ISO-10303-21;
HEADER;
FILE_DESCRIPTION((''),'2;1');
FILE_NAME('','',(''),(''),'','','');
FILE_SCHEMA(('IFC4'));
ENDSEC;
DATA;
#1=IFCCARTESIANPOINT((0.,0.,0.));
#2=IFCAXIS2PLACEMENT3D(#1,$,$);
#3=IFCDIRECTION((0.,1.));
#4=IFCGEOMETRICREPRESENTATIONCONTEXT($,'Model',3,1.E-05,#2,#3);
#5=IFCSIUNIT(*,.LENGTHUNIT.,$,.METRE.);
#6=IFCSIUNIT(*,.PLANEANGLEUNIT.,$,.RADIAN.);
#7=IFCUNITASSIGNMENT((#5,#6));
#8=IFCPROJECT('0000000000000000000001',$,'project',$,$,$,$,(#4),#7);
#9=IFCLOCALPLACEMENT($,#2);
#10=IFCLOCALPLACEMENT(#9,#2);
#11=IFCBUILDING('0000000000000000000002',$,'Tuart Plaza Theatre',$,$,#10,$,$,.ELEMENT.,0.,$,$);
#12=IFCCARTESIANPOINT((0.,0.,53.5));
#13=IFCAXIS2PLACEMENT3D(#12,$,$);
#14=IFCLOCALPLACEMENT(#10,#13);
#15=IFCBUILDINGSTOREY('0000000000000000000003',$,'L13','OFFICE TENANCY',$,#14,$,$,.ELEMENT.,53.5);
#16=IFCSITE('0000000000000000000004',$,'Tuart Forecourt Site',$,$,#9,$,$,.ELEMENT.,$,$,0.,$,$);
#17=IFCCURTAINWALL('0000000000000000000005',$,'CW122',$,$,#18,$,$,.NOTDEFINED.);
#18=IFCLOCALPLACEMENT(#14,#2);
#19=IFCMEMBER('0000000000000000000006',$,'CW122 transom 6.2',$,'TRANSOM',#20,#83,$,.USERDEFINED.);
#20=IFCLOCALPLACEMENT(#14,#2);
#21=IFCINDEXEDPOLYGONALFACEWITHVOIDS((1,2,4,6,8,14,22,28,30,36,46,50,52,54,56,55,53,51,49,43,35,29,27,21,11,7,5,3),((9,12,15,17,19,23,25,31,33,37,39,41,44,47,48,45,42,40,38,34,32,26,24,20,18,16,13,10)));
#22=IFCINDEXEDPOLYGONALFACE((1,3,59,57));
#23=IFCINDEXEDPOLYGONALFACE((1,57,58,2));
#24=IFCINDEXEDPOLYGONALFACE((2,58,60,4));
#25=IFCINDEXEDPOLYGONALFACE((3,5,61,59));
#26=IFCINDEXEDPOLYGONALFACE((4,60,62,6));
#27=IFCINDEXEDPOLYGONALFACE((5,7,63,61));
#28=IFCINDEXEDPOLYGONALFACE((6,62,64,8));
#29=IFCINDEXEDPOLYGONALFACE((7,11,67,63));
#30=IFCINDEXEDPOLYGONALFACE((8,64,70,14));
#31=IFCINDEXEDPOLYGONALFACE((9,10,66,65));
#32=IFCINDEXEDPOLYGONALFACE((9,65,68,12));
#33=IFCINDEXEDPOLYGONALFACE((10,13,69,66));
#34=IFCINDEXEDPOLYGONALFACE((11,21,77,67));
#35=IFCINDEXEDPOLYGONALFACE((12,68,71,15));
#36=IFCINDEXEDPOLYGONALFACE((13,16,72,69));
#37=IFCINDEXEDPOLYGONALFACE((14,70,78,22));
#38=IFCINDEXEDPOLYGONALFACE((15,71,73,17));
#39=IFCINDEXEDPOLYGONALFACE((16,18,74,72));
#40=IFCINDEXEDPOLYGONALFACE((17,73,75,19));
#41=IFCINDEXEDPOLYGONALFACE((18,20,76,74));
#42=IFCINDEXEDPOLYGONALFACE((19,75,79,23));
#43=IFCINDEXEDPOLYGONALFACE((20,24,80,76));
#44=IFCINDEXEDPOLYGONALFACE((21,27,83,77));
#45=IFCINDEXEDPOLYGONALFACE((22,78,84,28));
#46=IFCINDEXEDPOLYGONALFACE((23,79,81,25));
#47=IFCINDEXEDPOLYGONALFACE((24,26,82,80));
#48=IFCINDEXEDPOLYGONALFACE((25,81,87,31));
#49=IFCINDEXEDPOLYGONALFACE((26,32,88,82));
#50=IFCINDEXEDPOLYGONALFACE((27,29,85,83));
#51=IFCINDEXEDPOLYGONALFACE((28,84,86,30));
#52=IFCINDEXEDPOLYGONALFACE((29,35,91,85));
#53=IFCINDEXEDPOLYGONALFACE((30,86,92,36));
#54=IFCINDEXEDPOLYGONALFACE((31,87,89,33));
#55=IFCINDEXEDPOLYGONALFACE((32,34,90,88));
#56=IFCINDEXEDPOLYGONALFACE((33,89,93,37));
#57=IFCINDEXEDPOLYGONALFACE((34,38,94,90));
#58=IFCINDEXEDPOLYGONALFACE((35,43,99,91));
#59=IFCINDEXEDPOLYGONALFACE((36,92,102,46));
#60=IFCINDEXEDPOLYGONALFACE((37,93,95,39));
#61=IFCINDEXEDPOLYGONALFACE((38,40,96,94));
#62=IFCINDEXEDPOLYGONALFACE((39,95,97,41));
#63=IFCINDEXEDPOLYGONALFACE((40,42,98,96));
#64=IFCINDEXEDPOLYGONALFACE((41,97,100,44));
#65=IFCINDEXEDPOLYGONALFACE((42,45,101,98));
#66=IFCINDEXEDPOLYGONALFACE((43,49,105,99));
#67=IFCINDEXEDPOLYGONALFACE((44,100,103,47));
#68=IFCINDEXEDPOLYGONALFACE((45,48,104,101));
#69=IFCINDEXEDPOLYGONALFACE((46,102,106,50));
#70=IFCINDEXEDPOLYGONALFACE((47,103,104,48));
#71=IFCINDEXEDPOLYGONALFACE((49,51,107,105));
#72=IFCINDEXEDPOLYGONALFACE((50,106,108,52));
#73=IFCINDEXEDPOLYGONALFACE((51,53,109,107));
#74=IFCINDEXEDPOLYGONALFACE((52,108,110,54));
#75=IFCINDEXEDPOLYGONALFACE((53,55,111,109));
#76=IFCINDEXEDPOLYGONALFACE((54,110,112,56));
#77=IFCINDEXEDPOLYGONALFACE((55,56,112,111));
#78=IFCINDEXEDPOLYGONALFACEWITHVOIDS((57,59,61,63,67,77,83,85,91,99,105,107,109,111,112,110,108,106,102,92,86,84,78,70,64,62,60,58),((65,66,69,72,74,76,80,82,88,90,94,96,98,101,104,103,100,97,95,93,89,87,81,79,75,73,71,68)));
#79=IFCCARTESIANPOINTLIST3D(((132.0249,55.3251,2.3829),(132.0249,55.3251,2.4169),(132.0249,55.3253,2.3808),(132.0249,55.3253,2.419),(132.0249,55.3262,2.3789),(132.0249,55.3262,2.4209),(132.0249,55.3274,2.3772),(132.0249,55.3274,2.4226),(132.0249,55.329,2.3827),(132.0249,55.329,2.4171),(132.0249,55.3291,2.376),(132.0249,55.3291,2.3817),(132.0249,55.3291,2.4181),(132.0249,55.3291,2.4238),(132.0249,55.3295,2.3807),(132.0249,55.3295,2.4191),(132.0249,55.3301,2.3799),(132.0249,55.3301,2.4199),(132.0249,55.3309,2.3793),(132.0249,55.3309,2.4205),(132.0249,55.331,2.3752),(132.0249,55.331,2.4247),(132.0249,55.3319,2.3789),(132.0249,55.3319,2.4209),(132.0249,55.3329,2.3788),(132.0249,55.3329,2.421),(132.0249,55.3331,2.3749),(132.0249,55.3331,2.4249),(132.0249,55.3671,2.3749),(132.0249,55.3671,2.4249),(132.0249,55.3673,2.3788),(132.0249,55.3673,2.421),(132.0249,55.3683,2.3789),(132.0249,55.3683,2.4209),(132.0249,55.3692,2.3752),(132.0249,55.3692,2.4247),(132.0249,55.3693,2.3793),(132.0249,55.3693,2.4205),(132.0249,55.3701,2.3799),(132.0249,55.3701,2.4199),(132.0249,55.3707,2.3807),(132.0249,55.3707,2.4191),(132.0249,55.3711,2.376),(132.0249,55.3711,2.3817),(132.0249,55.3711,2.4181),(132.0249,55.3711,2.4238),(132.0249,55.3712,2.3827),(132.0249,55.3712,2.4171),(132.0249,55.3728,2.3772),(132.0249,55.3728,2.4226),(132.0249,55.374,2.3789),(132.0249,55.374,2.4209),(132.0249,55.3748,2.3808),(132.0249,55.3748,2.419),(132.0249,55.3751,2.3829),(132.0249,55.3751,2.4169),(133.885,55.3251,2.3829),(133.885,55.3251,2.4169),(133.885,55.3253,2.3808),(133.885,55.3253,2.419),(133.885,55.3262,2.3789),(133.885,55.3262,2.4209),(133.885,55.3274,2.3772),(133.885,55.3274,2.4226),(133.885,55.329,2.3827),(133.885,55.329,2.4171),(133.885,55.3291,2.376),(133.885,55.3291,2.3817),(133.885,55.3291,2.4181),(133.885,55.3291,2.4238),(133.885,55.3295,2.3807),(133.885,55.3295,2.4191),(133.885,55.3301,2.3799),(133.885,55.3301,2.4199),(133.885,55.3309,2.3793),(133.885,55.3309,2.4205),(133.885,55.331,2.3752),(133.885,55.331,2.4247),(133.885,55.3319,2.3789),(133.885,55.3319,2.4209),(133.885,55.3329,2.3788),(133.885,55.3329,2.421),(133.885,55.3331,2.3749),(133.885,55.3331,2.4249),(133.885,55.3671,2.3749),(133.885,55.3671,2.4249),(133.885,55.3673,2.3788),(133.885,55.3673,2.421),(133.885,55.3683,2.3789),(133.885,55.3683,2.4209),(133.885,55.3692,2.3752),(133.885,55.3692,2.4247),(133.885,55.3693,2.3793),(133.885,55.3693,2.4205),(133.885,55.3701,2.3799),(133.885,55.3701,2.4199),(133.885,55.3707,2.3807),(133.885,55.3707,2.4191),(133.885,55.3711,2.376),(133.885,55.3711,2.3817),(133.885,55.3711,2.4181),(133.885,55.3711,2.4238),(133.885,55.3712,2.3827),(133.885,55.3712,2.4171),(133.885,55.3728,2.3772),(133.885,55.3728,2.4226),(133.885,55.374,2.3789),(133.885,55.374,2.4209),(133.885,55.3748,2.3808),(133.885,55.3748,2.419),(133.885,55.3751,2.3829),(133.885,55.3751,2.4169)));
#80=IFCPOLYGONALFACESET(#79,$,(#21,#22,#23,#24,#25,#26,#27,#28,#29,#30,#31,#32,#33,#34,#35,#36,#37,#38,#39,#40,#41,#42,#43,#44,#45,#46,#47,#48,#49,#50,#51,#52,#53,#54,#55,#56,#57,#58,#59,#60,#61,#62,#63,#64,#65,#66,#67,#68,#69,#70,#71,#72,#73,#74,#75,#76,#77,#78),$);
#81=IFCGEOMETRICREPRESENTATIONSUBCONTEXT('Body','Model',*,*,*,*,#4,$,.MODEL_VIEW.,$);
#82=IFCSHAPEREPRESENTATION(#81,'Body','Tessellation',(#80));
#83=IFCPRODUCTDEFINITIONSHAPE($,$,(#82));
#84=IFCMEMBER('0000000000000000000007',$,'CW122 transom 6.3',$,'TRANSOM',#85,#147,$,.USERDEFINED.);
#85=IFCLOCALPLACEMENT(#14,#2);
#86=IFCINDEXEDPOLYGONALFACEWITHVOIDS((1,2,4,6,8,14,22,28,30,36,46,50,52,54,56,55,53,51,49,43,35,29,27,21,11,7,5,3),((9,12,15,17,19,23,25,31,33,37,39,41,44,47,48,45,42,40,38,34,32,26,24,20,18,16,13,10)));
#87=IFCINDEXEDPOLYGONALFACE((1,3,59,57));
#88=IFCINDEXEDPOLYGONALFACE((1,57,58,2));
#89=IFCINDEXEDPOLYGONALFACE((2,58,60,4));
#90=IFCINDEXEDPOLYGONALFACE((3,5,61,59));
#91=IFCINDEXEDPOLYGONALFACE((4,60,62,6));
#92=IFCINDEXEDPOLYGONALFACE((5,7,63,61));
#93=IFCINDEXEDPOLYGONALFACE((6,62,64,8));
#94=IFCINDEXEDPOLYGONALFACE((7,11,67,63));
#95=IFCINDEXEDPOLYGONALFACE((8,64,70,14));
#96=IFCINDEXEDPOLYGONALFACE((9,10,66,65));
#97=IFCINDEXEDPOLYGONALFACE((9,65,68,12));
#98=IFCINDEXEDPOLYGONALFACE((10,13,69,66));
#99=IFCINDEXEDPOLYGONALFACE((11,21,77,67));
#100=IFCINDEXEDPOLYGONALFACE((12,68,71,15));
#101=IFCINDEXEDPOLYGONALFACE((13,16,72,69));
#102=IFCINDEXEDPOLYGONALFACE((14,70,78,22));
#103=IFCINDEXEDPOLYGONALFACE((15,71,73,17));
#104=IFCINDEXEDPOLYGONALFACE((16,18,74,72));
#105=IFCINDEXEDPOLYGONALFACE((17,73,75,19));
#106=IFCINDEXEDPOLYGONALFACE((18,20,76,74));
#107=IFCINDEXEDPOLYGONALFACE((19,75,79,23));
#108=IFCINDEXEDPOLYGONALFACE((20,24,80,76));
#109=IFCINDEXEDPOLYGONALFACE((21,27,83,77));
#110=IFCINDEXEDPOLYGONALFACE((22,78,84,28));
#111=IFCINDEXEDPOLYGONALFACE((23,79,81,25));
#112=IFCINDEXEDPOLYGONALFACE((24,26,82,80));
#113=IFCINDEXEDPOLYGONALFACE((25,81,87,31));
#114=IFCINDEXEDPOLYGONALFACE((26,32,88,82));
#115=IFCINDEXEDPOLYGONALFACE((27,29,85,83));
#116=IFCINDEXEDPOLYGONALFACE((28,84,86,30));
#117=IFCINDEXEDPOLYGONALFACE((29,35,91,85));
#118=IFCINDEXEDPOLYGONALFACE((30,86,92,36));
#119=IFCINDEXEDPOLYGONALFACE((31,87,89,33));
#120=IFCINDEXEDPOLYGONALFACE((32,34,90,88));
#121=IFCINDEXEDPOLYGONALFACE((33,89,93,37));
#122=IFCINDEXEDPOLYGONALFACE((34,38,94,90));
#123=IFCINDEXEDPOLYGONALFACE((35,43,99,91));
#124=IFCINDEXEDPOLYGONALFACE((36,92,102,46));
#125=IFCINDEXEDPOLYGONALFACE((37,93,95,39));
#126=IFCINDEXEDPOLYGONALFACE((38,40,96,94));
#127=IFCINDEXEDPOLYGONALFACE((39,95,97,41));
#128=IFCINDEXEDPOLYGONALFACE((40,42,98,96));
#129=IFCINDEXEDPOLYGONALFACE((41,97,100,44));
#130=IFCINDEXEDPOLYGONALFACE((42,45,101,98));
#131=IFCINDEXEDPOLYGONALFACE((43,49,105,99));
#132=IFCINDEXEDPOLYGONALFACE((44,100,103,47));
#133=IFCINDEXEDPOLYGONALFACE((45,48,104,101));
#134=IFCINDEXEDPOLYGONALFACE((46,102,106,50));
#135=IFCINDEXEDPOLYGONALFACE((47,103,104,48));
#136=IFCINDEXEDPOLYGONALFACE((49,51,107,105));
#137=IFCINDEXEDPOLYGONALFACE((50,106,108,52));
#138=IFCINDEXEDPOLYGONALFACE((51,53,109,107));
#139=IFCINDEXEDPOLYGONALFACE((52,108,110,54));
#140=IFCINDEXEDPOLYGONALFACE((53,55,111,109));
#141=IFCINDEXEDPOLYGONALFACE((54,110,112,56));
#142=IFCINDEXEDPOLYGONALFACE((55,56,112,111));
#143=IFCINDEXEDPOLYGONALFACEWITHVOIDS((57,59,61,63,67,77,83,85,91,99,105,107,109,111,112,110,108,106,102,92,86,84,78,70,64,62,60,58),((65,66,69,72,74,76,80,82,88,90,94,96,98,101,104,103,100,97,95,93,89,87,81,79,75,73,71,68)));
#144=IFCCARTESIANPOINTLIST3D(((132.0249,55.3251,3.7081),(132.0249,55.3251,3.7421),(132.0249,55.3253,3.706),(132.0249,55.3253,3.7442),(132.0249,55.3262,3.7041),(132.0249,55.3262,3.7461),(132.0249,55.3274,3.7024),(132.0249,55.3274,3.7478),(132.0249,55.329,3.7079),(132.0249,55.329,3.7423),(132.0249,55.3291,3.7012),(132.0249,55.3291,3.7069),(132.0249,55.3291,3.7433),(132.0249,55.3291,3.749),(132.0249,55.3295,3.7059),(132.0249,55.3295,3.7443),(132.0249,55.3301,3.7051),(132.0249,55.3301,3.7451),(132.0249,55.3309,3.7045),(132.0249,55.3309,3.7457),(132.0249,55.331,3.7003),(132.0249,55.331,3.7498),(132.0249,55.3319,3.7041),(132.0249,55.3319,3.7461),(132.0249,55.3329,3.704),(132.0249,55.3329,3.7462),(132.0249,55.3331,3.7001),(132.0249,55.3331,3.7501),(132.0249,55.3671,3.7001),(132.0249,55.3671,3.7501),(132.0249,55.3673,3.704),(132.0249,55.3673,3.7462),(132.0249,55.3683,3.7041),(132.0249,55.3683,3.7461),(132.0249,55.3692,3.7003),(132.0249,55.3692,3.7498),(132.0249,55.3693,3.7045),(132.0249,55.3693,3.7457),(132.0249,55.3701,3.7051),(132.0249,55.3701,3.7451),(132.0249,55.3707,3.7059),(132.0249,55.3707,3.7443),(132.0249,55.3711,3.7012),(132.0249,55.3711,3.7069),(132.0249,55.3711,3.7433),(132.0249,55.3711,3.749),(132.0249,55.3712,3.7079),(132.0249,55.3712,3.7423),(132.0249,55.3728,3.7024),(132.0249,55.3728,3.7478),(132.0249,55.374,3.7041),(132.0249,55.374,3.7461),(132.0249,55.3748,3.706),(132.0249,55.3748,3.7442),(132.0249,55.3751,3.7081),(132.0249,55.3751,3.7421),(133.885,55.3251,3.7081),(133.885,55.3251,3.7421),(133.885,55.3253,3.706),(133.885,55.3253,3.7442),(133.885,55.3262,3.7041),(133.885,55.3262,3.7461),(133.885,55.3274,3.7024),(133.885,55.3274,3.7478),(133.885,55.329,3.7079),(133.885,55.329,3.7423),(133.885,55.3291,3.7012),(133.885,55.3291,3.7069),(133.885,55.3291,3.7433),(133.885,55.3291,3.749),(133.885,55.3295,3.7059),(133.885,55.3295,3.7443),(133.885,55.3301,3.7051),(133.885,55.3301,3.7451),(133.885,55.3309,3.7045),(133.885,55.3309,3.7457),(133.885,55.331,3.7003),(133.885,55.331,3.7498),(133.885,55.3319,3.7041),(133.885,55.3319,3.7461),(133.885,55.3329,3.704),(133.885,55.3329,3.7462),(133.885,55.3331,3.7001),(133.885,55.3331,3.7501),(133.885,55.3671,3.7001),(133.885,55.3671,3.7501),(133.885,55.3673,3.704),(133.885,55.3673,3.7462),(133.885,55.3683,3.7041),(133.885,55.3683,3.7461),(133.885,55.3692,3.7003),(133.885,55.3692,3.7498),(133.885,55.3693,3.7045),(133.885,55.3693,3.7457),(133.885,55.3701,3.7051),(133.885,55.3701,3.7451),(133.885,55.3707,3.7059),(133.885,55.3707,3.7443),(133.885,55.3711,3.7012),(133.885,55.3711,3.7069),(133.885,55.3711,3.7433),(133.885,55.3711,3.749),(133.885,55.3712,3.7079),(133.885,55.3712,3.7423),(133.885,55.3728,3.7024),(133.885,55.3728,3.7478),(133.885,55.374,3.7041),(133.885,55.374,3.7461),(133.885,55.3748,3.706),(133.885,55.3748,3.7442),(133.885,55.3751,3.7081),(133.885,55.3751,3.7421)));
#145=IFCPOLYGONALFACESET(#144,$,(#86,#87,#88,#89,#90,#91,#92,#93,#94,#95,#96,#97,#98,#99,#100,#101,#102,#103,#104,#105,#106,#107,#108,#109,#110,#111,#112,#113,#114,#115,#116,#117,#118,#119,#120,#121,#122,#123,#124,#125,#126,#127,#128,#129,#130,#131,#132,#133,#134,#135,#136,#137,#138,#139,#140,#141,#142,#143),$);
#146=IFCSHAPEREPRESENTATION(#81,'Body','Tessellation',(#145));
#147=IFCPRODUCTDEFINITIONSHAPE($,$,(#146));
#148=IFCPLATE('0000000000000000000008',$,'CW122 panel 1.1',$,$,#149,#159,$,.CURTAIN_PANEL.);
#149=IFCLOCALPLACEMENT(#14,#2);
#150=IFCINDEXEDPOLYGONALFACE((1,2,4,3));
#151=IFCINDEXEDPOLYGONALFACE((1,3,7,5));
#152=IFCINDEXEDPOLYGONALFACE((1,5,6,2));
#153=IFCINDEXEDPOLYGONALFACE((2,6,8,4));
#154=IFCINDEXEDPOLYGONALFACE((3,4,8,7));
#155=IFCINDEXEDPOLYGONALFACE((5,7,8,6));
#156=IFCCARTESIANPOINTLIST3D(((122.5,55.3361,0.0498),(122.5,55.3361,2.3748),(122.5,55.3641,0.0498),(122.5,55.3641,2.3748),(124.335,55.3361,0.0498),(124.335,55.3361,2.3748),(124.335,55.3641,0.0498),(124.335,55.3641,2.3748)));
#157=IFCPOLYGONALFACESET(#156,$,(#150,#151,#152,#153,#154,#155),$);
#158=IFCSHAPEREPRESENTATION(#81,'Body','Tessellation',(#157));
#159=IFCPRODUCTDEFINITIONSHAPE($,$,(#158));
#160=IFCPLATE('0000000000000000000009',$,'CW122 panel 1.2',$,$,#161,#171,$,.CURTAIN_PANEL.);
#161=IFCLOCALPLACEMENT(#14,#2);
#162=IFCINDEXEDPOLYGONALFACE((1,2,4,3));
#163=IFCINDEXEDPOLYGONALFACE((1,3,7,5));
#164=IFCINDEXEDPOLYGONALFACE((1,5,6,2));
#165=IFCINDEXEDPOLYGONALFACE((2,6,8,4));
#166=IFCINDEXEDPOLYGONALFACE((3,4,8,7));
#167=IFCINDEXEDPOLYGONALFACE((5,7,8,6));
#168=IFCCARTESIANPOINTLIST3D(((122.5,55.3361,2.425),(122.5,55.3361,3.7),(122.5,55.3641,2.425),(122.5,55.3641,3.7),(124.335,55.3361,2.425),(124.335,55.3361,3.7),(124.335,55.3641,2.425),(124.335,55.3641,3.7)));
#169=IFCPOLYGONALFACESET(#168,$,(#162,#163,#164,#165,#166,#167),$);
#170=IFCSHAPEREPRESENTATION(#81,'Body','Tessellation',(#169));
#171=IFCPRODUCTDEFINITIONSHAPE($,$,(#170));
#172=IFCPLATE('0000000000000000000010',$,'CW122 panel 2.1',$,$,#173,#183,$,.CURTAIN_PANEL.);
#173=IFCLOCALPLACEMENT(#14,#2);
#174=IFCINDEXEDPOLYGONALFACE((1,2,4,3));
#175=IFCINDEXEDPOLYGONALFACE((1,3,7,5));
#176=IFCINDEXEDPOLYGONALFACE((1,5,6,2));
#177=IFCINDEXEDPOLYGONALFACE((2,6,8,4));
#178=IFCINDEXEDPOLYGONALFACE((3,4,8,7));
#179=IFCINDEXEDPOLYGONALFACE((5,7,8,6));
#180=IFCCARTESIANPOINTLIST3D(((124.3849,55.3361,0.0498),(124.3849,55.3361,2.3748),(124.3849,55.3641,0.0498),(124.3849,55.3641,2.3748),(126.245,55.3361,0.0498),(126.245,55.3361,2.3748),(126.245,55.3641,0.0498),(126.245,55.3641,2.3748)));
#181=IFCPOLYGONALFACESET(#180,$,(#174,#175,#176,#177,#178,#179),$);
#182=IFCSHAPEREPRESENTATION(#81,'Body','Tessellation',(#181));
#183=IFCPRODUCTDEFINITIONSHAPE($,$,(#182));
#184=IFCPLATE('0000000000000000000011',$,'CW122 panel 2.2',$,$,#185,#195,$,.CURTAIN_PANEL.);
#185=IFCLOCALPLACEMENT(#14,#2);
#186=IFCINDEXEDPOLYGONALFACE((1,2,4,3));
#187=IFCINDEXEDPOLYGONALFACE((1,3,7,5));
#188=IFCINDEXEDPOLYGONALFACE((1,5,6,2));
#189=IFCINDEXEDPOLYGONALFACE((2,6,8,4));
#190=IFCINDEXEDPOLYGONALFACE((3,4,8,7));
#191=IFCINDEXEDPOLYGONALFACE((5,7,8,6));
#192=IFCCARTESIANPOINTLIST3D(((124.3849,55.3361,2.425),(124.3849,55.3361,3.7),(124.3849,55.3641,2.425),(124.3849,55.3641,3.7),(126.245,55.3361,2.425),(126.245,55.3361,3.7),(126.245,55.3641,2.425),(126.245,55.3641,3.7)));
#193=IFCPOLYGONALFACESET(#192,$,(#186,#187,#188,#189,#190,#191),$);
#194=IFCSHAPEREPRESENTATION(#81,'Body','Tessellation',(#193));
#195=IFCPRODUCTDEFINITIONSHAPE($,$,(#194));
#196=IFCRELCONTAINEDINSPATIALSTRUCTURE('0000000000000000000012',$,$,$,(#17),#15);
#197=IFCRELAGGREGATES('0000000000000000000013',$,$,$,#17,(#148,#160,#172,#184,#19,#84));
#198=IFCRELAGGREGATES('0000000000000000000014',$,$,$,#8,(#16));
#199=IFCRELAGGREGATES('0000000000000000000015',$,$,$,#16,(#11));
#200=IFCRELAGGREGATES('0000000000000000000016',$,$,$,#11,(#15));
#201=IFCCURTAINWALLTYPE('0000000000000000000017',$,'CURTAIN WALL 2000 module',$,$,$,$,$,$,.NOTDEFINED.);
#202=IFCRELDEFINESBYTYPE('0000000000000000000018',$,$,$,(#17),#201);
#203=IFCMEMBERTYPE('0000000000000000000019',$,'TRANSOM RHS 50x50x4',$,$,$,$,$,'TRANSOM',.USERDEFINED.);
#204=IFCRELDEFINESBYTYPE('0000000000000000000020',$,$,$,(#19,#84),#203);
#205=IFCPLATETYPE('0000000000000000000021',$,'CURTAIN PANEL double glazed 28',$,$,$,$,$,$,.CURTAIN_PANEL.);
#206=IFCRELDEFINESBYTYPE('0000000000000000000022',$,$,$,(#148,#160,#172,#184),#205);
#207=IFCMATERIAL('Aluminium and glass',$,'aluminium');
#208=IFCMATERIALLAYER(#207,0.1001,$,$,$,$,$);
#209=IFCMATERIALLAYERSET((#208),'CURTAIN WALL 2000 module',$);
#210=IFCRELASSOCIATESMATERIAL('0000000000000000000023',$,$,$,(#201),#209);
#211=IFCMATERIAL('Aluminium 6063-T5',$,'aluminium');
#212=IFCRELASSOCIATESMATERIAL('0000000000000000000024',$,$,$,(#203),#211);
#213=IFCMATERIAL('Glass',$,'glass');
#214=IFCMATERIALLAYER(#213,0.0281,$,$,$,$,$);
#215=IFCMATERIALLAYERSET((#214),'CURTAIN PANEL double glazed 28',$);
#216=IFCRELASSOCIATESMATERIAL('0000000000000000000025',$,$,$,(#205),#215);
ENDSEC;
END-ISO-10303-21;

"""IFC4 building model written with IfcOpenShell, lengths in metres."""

from ifc_helpers import new_model, si_unit, direction, frame, origin, origin_2d, place, context, subcontext, project, spatial, rectangle, hollow_rectangle, extrude, material, layer, layer_set, material_profile, profile_set, type_object, element, aggregate, save


model = new_model("IFC4")

# Units and contexts
model_context = context("Model", 3, precision=1e-05, world=origin(), true_north=direction((0.0, 1.0)))
body_context = subcontext(model_context, "Body", "Model", "MODEL_VIEW")
ifc_project = project(units=[si_unit("LENGTHUNIT", "METRE"), si_unit("PLANEANGLEUNIT", "RADIAN")], contexts=[model_context])

# Site, building, storey
site_placement = place(None, origin())
site = spatial("IfcSite", under=ifc_project, at=site_placement, Name="Tuart Forecourt Site", CompositionType="ELEMENT", RefElevation=0.0)
building_placement = place(site_placement, origin())
building = spatial("IfcBuilding", under=site, at=building_placement, Name="Tuart Plaza Theatre", CompositionType="ELEMENT", ElevationOfRefHeight=0.0)
storey_placement = place(building_placement, frame((0.0, 0.0, 53.5)))
storey = spatial("IfcBuildingStorey", under=building, at=storey_placement, Name="L13", Description="OFFICE TENANCY", CompositionType="ELEMENT", Elevation=53.5)

# Curtain wall, members, plates
ifc_material_1 = material(Name="Aluminium and glass", Category="aluminium")
ifc_layer_1 = layer(ifc_material_1, 0.1001)
ifc_layer_set_1 = layer_set([ifc_layer_1], Name="CURTAIN WALL 2000 module")
curtain_wall_type = type_object("IfcCurtainWallType", Name="CURTAIN WALL 2000 module", PredefinedType="NOTDEFINED", material=ifc_layer_set_1)
curtain_wall_placement = place(storey_placement, origin())
curtain_wall = element("IfcCurtainWall", 1, at=curtain_wall_placement, inside=storey, type_object=curtain_wall_type, Name="CW122", PredefinedType="NOTDEFINED")
ifc_material_2 = material(Name="Aluminium 6063-T5", Category="aluminium")
ifc_material_profile_1 = material_profile(ifc_material_2, hollow_rectangle(XDim=0.05, YDim=0.05, WallThickness=0.0039, InnerFilletRadius=0.0039, OuterFilletRadius=0.0081, at=origin_2d()), Name="RHS 50x50x4")
ifc_profile_set_1 = profile_set([ifc_material_profile_1], Name="Aluminium 6063-T5")
member_type_1 = type_object("IfcMemberType", Name="TRANSOM RHS 50x50x4", ElementType="TRANSOM", PredefinedType="USERDEFINED", material=ifc_profile_set_1)
member_1_placement = place(storey_placement, frame((132.0249, 55.3501, 2.3999), z_axis=(1.0, 0.0, 0.0), x_axis=(0.0, 1.0, 0.0)))
member_1 = element("IfcMember", 2, at=member_1_placement, type_object=member_type_1, Name="CW122 transom 6.2", ObjectType="TRANSOM", PredefinedType="USERDEFINED", context=body_context, shape_type="SweptSolid", body=[
    extrude(hollow_rectangle(XDim=0.05, YDim=0.05, WallThickness=0.0039, InnerFilletRadius=0.0039, OuterFilletRadius=0.0081, at=origin_2d()), origin(), (0.0, 0.0, 1.0), 1.8601),
])
member_2_placement = place(storey_placement, frame((132.0249, 55.3501, 3.7251), z_axis=(1.0, 0.0, 0.0), x_axis=(0.0, 1.0, 0.0)))
member_2 = element("IfcMember", 3, at=member_2_placement, type_object=member_type_1, Name="CW122 transom 6.3", ObjectType="TRANSOM", PredefinedType="USERDEFINED", context=body_context, shape_type="SweptSolid", body=[
    extrude(hollow_rectangle(XDim=0.05, YDim=0.05, WallThickness=0.0039, InnerFilletRadius=0.0039, OuterFilletRadius=0.0081, at=origin_2d()), origin(), (0.0, 0.0, 1.0), 1.8601),
])
ifc_material_3 = material(Name="Glass", Category="glass")
ifc_layer_2 = layer(ifc_material_3, 0.0281)
ifc_layer_set_2 = layer_set([ifc_layer_2], Name="CURTAIN PANEL double glazed 28")
plate_type = type_object("IfcPlateType", Name="CURTAIN PANEL double glazed 28", PredefinedType="CURTAIN_PANEL", material=ifc_layer_set_2)
plate_1_placement = place(storey_placement, frame((123.4175, 55.3501, 0.0498), z_axis=(0.0, 0.0, 1.0), x_axis=(1.0, 0.0, 0.0)))
plate_1 = element("IfcPlate", 4, at=plate_1_placement, type_object=plate_type, Name="CW122 panel 1.1", PredefinedType="CURTAIN_PANEL", context=body_context, shape_type="SweptSolid", body=[
    extrude(rectangle(XDim=1.835, YDim=0.0281, at=origin_2d()), origin(), (0.0, 0.0, 1.0), 2.325),
])
plate_2_placement = place(storey_placement, frame((123.4175, 55.3501, 2.425), z_axis=(0.0, 0.0, 1.0), x_axis=(1.0, 0.0, 0.0)))
plate_2 = element("IfcPlate", 5, at=plate_2_placement, type_object=plate_type, Name="CW122 panel 1.2", PredefinedType="CURTAIN_PANEL", context=body_context, shape_type="SweptSolid", body=[
    extrude(rectangle(XDim=1.835, YDim=0.0281, at=origin_2d()), origin(), (0.0, 0.0, 1.0), 1.2749),
])
plate_3_placement = place(storey_placement, frame((125.3149, 55.3501, 0.0498), z_axis=(0.0, 0.0, 1.0), x_axis=(1.0, 0.0, 0.0)))
plate_3 = element("IfcPlate", 6, at=plate_3_placement, type_object=plate_type, Name="CW122 panel 2.1", PredefinedType="CURTAIN_PANEL", context=body_context, shape_type="SweptSolid", body=[
    extrude(rectangle(XDim=1.8601, YDim=0.0281, at=origin_2d()), origin(), (0.0, 0.0, 1.0), 2.325),
])
plate_4_placement = place(storey_placement, frame((125.3149, 55.3501, 2.425), z_axis=(0.0, 0.0, 1.0), x_axis=(1.0, 0.0, 0.0)))
plate_4 = element("IfcPlate", 7, at=plate_4_placement, type_object=plate_type, Name="CW122 panel 2.2", PredefinedType="CURTAIN_PANEL", context=body_context, shape_type="SweptSolid", body=[
    extrude(rectangle(XDim=1.8601, YDim=0.0281, at=origin_2d()), origin(), (0.0, 0.0, 1.0), 1.2749),
])
aggregate(curtain_wall, [plate_1, plate_2, plate_3, plate_4, member_1, member_2])

save(model, "model.ifc")
